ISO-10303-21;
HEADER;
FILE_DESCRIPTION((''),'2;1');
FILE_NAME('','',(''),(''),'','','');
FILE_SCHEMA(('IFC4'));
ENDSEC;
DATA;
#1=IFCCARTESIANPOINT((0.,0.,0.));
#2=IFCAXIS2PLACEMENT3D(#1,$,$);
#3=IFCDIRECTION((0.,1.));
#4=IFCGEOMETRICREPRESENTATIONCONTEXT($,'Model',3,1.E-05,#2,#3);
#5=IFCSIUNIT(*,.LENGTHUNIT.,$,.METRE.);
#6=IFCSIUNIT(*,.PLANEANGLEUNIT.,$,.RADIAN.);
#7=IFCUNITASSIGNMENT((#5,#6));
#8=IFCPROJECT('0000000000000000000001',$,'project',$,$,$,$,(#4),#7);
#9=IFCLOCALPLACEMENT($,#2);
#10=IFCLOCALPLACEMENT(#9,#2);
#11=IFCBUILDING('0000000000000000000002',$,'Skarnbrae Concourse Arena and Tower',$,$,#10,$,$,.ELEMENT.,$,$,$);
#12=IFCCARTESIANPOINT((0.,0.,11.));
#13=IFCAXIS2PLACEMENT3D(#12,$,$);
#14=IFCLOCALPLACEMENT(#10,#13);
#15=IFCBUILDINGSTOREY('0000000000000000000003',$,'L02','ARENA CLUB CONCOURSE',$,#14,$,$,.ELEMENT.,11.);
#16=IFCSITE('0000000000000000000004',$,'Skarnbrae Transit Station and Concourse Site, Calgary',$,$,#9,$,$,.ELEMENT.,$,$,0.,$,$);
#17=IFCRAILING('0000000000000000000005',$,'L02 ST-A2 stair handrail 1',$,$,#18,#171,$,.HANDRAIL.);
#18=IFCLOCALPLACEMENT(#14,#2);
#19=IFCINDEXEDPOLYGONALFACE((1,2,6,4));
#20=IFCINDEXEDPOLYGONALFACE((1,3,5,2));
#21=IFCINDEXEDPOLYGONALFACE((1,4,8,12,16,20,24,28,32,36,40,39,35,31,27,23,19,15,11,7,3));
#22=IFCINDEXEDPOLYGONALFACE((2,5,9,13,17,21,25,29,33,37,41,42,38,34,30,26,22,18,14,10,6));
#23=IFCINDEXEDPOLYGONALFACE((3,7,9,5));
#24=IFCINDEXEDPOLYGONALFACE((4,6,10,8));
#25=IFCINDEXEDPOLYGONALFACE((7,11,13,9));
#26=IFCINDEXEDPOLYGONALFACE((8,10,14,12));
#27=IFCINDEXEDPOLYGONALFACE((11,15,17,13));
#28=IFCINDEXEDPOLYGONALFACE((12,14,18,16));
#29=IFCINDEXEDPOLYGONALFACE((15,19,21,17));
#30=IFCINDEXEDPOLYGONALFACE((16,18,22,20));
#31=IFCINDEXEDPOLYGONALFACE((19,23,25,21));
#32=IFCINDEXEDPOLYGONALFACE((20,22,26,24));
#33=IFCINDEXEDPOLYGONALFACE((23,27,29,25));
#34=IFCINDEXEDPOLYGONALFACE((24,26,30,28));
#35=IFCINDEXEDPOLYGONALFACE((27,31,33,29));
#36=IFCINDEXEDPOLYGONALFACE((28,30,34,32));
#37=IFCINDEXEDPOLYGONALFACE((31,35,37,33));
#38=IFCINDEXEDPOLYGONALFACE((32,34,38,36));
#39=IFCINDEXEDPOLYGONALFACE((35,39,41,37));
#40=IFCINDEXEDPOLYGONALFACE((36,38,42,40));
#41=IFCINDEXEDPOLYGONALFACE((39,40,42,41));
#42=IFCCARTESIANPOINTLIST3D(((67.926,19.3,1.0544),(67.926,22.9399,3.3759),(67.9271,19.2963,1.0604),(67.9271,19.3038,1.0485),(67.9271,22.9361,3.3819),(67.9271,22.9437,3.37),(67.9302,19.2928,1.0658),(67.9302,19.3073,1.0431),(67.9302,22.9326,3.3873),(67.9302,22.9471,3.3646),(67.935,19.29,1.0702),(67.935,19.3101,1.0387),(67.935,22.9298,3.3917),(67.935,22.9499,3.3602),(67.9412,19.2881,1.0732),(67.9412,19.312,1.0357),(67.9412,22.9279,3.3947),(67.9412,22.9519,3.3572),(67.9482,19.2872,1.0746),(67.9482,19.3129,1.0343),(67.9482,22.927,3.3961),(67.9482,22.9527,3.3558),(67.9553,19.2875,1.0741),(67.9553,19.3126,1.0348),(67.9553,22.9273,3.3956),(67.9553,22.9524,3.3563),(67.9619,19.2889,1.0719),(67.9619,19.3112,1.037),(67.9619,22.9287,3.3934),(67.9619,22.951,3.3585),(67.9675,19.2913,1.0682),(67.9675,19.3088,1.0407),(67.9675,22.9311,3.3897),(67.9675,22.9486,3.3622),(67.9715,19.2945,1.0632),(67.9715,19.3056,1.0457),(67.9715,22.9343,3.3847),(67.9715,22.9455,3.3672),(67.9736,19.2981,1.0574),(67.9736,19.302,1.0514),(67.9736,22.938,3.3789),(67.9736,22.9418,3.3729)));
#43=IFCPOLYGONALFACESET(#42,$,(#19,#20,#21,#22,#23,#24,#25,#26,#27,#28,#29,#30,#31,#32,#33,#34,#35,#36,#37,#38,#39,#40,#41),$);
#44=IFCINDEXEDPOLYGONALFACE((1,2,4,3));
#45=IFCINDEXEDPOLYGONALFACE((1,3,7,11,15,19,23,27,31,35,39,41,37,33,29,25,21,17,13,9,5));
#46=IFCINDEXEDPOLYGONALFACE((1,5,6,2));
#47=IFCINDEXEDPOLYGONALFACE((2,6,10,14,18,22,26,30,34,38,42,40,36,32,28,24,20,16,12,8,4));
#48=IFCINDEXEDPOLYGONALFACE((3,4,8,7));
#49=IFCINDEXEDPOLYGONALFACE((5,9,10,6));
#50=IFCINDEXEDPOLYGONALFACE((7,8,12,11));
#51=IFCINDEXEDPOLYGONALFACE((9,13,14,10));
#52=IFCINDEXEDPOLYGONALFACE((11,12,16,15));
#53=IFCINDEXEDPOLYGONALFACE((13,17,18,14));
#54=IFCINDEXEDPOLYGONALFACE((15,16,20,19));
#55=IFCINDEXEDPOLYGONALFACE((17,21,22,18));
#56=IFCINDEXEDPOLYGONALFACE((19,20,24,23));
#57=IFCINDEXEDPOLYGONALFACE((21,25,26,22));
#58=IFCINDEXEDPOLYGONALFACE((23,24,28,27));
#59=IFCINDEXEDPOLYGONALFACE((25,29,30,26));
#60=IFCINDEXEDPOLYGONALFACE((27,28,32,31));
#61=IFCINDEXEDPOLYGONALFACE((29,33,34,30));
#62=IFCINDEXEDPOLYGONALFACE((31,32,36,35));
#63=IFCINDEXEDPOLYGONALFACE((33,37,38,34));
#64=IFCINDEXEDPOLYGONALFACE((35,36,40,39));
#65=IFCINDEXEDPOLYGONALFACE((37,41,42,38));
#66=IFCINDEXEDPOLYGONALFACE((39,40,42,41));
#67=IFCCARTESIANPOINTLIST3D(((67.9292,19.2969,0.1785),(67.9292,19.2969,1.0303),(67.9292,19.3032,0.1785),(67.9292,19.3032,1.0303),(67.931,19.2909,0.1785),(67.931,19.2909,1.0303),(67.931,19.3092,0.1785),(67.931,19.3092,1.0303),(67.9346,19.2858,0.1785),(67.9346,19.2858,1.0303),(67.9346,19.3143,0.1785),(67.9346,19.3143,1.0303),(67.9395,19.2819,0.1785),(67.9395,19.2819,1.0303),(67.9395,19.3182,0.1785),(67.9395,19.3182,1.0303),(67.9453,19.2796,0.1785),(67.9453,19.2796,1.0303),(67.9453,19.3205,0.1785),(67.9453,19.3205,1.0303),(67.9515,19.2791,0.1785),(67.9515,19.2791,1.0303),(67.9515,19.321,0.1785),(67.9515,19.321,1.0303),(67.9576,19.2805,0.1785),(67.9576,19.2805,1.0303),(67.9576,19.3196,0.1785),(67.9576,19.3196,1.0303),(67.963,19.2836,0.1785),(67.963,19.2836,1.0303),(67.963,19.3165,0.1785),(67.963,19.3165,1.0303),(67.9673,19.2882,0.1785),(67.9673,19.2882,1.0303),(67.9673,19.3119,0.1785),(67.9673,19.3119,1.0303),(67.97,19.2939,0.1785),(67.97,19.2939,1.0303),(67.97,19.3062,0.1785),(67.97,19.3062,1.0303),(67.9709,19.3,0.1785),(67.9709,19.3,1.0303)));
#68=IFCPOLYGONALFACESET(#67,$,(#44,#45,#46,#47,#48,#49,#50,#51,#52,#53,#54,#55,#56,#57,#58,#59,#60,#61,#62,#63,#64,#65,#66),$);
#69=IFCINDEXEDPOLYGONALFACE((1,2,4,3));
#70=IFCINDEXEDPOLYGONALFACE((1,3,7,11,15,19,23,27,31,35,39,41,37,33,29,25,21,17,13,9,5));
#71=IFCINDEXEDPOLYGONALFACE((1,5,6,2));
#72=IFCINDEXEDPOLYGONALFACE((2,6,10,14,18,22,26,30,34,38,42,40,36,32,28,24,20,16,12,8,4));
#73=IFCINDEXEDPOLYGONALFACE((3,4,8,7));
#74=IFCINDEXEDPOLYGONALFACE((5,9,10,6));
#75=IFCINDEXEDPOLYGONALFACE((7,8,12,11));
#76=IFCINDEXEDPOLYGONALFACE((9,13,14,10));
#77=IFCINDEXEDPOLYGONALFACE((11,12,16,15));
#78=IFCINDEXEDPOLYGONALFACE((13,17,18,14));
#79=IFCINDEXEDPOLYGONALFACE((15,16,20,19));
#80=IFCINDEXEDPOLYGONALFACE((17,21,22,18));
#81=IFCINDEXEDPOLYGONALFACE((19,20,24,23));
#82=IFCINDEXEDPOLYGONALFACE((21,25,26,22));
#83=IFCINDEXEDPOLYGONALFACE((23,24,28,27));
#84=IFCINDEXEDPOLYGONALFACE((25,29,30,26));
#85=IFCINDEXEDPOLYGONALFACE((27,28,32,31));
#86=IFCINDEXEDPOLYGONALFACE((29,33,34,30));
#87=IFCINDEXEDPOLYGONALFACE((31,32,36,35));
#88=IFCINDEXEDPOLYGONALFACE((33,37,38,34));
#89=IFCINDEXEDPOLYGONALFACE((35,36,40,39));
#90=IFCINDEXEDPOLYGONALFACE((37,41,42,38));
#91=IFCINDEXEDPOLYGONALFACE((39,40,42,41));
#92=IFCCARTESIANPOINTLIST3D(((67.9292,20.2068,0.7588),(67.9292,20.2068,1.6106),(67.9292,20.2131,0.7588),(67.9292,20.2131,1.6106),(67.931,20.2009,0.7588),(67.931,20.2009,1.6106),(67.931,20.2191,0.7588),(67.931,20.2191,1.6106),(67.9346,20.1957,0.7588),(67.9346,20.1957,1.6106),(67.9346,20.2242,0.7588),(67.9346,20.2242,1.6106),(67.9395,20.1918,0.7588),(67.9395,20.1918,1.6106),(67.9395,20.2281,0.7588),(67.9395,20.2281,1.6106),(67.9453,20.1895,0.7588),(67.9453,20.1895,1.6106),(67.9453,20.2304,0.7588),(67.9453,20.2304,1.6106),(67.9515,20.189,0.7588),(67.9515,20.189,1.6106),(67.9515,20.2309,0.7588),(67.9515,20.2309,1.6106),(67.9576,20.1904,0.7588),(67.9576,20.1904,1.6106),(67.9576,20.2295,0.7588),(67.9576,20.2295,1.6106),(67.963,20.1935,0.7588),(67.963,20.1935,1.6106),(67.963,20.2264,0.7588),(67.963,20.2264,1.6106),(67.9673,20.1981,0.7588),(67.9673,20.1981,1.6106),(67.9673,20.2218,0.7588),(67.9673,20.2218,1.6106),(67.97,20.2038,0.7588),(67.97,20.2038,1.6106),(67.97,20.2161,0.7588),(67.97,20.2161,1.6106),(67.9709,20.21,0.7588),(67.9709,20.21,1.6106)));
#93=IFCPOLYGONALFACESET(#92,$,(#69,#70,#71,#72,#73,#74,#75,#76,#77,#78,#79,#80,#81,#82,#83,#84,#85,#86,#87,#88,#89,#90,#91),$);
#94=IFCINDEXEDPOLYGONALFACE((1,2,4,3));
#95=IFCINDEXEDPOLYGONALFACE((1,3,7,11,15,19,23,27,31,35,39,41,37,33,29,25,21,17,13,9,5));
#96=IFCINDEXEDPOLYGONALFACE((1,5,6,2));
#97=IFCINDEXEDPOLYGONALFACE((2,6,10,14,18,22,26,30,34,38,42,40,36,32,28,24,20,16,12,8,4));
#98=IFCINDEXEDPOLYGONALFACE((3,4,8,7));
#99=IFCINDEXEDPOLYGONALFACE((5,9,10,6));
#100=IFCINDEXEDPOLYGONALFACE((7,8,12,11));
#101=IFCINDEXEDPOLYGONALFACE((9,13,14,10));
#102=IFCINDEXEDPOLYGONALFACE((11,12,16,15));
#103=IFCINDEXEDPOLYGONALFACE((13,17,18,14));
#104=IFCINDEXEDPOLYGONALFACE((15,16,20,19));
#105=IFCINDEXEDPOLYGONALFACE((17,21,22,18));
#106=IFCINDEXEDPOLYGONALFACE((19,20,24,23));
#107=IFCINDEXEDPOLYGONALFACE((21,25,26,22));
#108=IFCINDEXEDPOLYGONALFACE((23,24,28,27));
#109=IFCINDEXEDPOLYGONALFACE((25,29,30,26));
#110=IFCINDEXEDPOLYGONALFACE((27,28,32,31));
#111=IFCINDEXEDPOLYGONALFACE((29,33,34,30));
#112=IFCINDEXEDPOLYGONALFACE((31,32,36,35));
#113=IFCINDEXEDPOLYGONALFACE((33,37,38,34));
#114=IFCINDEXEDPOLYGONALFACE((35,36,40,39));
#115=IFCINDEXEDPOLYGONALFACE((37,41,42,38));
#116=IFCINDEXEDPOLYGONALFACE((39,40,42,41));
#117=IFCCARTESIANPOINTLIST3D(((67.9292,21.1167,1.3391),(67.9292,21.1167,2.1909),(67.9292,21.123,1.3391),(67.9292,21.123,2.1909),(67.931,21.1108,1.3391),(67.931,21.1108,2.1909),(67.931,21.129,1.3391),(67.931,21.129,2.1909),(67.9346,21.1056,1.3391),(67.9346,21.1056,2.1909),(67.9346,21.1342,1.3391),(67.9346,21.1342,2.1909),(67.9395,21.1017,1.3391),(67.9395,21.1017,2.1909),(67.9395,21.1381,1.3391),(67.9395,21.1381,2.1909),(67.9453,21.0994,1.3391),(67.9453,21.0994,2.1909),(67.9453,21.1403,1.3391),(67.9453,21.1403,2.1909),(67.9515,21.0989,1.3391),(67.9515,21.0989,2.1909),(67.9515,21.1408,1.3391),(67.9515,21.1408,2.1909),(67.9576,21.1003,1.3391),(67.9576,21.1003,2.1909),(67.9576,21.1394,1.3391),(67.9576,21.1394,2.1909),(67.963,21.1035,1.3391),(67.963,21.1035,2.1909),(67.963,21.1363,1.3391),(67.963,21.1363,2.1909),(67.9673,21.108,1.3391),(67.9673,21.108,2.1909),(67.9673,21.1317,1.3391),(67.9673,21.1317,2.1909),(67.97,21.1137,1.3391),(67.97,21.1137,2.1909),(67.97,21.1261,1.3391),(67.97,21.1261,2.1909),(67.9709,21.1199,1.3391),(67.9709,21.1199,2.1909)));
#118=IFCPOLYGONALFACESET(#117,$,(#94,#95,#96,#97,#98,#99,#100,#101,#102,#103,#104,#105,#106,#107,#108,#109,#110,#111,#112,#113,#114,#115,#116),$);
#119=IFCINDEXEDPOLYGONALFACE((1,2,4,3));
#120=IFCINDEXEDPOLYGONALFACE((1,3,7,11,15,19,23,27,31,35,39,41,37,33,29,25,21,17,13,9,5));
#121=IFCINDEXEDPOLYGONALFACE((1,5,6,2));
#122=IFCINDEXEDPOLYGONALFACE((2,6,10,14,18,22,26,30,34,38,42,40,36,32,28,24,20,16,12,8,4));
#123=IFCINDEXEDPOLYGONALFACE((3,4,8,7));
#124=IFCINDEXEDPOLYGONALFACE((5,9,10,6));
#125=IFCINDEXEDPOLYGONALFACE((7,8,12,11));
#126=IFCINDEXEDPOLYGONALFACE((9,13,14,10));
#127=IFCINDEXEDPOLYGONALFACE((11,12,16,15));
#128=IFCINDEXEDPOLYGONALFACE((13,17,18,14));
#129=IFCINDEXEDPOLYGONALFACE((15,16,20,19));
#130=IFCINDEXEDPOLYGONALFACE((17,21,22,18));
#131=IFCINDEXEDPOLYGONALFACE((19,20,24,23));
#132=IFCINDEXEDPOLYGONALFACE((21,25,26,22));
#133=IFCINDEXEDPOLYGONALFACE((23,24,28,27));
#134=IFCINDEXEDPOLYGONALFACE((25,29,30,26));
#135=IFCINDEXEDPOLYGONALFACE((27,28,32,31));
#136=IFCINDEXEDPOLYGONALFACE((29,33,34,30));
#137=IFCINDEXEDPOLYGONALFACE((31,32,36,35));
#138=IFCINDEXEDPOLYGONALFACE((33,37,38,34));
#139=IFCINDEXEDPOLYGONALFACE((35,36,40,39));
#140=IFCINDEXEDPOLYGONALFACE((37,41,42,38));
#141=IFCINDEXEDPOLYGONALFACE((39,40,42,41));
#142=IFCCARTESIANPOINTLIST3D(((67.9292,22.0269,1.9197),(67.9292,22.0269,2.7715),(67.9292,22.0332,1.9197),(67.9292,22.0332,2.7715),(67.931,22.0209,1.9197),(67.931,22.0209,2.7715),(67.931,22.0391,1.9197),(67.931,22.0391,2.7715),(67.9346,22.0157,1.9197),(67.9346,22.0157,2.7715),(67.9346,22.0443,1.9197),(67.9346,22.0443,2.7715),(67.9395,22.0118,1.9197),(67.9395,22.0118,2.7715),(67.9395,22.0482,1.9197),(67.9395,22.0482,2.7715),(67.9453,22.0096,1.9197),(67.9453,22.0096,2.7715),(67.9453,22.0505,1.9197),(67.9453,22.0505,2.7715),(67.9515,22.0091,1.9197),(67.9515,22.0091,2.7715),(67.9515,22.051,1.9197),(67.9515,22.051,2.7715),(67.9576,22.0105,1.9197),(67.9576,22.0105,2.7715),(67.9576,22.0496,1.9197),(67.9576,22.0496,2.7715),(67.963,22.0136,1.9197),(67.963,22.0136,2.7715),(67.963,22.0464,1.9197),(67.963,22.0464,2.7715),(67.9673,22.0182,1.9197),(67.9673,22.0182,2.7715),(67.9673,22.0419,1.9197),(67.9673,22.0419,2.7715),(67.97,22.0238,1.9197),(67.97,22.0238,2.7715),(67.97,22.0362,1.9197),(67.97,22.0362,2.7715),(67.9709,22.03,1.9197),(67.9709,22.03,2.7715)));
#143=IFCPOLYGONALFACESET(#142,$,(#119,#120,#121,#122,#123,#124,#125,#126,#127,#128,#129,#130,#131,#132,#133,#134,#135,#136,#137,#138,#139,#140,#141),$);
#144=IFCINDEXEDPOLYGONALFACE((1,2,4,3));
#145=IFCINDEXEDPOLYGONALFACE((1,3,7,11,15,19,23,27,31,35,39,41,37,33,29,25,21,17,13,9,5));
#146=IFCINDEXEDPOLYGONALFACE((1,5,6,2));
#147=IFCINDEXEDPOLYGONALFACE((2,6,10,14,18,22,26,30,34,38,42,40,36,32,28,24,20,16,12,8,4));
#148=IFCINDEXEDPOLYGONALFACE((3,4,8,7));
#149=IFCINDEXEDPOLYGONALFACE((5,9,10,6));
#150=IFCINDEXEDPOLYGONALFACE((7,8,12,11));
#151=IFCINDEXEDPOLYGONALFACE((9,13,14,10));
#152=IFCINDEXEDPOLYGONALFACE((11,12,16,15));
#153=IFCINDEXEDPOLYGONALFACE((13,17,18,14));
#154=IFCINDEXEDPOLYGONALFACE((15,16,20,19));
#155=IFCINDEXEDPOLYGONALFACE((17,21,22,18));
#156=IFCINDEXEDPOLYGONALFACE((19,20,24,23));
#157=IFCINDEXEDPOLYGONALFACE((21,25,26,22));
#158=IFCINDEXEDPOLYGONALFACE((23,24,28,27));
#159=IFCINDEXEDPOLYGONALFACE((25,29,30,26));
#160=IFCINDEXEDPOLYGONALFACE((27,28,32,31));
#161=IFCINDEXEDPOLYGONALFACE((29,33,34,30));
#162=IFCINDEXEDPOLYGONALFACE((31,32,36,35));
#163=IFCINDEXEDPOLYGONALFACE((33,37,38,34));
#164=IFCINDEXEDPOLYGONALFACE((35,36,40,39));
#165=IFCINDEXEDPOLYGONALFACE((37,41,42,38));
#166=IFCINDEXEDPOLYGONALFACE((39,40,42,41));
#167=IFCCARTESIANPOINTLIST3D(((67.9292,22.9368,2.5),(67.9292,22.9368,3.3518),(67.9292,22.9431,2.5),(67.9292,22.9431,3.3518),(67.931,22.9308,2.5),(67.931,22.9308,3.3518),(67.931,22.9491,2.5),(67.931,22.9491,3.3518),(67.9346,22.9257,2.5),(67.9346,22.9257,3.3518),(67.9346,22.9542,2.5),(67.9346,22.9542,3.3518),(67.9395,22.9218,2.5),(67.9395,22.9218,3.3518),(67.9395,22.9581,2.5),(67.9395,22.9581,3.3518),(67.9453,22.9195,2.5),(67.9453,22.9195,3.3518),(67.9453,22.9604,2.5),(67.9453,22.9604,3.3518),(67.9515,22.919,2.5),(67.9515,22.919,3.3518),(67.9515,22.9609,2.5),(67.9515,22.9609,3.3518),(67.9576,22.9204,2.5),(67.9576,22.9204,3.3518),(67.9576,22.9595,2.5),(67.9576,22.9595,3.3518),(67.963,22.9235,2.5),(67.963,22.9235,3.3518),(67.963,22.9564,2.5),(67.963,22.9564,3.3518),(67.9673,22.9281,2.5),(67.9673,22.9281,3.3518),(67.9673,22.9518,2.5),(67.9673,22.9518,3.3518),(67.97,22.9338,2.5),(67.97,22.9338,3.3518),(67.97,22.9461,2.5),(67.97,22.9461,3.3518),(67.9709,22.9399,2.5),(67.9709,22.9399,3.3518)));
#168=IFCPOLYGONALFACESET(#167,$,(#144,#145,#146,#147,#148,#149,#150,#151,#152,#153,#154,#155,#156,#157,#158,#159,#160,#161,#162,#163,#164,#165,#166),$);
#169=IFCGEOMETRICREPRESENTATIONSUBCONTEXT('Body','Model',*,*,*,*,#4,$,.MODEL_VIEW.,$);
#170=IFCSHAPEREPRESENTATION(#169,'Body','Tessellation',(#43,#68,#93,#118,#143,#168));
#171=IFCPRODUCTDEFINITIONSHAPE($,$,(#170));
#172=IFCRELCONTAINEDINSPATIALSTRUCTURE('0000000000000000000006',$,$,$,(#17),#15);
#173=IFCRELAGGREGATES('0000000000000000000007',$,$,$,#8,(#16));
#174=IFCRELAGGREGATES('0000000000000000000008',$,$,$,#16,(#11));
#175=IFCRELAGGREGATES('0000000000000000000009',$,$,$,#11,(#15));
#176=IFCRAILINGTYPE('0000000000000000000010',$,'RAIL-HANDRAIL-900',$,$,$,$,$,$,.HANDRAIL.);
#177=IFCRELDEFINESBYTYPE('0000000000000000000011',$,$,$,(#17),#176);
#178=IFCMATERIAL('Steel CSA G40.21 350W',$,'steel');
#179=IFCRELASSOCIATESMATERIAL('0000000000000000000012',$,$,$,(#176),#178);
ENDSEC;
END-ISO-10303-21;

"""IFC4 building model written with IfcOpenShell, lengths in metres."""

from ifc_helpers import new_model, si_unit, direction, frame, origin, origin_2d, place, context, subcontext, project, spatial, circle, extrude, material, type_object, element, save


model = new_model("IFC4")

# Units and contexts
model_context = context("Model", 3, precision=1e-05, world=origin(), true_north=direction((0.0, 1.0)))
body_context = subcontext(model_context, "Body", "Model", "MODEL_VIEW")
ifc_project = project(units=[si_unit("LENGTHUNIT", "METRE"), si_unit("PLANEANGLEUNIT", "RADIAN")], contexts=[model_context])

# Site, building, storey
site_placement = place(None, origin())
site = spatial("IfcSite", under=ifc_project, at=site_placement, Name="Skarnbrae Transit Station and Concourse Site, Calgary", CompositionType="ELEMENT", RefElevation=0.0)
building_placement = place(site_placement, origin())
building = spatial("IfcBuilding", under=site, at=building_placement, Name="Skarnbrae Concourse Arena and Tower", CompositionType="ELEMENT")
storey_placement = place(building_placement, frame((0.0, 0.0, 11.0)))
storey = spatial("IfcBuildingStorey", under=building, at=storey_placement, Name="L02", Description="ARENA CLUB CONCOURSE", CompositionType="ELEMENT", Elevation=11.0)

# Shared definitions
ifc_material_1 = material(Name="Steel CSA G40.21 350W", Category="steel")

# Railing
railing_type_1 = type_object("IfcRailingType", Name="RAIL-HANDRAIL-900", PredefinedType="HANDRAIL", material=ifc_material_1)
railing_1_placement = place(storey_placement, frame((67.95, 19.3, 0.1785)))
element("IfcRailing", 1, at=railing_1_placement, inside=storey, type_object=railing_type_1, Name="L02 ST-A2 stair handrail 1", PredefinedType="HANDRAIL", context=body_context, shape_type="SweptSolid", body=[
    extrude(circle(Radius=0.0239, at=origin_2d()), frame((0.0, 0.0, 0.876), z_axis=(0.0, 0.843112, 0.537739), x_axis=(-1.0, 0.0, 0.0)), (0.0, 0.0, 1.0), 4.3171),
    extrude(circle(Radius=0.021, at=origin_2d()), origin(), (0.0, 0.0, 1.0), 0.8518),
    extrude(circle(Radius=0.021, at=origin_2d()), frame((0.0, 0.9099, 0.5803)), (0.0, 0.0, 1.0), 0.8518),
    extrude(circle(Radius=0.021, at=origin_2d()), frame((0.0, 1.8198, 1.1606)), (0.0, 0.0, 1.0), 0.8518),
    extrude(circle(Radius=0.021, at=origin_2d()), frame((0.0, 2.73, 1.7412)), (0.0, 0.0, 1.0), 0.8518),
    extrude(circle(Radius=0.021, at=origin_2d()), frame((0.0, 3.6399, 2.3215)), (0.0, 0.0, 1.0), 0.8518),
])

save(model, "model.ifc")
